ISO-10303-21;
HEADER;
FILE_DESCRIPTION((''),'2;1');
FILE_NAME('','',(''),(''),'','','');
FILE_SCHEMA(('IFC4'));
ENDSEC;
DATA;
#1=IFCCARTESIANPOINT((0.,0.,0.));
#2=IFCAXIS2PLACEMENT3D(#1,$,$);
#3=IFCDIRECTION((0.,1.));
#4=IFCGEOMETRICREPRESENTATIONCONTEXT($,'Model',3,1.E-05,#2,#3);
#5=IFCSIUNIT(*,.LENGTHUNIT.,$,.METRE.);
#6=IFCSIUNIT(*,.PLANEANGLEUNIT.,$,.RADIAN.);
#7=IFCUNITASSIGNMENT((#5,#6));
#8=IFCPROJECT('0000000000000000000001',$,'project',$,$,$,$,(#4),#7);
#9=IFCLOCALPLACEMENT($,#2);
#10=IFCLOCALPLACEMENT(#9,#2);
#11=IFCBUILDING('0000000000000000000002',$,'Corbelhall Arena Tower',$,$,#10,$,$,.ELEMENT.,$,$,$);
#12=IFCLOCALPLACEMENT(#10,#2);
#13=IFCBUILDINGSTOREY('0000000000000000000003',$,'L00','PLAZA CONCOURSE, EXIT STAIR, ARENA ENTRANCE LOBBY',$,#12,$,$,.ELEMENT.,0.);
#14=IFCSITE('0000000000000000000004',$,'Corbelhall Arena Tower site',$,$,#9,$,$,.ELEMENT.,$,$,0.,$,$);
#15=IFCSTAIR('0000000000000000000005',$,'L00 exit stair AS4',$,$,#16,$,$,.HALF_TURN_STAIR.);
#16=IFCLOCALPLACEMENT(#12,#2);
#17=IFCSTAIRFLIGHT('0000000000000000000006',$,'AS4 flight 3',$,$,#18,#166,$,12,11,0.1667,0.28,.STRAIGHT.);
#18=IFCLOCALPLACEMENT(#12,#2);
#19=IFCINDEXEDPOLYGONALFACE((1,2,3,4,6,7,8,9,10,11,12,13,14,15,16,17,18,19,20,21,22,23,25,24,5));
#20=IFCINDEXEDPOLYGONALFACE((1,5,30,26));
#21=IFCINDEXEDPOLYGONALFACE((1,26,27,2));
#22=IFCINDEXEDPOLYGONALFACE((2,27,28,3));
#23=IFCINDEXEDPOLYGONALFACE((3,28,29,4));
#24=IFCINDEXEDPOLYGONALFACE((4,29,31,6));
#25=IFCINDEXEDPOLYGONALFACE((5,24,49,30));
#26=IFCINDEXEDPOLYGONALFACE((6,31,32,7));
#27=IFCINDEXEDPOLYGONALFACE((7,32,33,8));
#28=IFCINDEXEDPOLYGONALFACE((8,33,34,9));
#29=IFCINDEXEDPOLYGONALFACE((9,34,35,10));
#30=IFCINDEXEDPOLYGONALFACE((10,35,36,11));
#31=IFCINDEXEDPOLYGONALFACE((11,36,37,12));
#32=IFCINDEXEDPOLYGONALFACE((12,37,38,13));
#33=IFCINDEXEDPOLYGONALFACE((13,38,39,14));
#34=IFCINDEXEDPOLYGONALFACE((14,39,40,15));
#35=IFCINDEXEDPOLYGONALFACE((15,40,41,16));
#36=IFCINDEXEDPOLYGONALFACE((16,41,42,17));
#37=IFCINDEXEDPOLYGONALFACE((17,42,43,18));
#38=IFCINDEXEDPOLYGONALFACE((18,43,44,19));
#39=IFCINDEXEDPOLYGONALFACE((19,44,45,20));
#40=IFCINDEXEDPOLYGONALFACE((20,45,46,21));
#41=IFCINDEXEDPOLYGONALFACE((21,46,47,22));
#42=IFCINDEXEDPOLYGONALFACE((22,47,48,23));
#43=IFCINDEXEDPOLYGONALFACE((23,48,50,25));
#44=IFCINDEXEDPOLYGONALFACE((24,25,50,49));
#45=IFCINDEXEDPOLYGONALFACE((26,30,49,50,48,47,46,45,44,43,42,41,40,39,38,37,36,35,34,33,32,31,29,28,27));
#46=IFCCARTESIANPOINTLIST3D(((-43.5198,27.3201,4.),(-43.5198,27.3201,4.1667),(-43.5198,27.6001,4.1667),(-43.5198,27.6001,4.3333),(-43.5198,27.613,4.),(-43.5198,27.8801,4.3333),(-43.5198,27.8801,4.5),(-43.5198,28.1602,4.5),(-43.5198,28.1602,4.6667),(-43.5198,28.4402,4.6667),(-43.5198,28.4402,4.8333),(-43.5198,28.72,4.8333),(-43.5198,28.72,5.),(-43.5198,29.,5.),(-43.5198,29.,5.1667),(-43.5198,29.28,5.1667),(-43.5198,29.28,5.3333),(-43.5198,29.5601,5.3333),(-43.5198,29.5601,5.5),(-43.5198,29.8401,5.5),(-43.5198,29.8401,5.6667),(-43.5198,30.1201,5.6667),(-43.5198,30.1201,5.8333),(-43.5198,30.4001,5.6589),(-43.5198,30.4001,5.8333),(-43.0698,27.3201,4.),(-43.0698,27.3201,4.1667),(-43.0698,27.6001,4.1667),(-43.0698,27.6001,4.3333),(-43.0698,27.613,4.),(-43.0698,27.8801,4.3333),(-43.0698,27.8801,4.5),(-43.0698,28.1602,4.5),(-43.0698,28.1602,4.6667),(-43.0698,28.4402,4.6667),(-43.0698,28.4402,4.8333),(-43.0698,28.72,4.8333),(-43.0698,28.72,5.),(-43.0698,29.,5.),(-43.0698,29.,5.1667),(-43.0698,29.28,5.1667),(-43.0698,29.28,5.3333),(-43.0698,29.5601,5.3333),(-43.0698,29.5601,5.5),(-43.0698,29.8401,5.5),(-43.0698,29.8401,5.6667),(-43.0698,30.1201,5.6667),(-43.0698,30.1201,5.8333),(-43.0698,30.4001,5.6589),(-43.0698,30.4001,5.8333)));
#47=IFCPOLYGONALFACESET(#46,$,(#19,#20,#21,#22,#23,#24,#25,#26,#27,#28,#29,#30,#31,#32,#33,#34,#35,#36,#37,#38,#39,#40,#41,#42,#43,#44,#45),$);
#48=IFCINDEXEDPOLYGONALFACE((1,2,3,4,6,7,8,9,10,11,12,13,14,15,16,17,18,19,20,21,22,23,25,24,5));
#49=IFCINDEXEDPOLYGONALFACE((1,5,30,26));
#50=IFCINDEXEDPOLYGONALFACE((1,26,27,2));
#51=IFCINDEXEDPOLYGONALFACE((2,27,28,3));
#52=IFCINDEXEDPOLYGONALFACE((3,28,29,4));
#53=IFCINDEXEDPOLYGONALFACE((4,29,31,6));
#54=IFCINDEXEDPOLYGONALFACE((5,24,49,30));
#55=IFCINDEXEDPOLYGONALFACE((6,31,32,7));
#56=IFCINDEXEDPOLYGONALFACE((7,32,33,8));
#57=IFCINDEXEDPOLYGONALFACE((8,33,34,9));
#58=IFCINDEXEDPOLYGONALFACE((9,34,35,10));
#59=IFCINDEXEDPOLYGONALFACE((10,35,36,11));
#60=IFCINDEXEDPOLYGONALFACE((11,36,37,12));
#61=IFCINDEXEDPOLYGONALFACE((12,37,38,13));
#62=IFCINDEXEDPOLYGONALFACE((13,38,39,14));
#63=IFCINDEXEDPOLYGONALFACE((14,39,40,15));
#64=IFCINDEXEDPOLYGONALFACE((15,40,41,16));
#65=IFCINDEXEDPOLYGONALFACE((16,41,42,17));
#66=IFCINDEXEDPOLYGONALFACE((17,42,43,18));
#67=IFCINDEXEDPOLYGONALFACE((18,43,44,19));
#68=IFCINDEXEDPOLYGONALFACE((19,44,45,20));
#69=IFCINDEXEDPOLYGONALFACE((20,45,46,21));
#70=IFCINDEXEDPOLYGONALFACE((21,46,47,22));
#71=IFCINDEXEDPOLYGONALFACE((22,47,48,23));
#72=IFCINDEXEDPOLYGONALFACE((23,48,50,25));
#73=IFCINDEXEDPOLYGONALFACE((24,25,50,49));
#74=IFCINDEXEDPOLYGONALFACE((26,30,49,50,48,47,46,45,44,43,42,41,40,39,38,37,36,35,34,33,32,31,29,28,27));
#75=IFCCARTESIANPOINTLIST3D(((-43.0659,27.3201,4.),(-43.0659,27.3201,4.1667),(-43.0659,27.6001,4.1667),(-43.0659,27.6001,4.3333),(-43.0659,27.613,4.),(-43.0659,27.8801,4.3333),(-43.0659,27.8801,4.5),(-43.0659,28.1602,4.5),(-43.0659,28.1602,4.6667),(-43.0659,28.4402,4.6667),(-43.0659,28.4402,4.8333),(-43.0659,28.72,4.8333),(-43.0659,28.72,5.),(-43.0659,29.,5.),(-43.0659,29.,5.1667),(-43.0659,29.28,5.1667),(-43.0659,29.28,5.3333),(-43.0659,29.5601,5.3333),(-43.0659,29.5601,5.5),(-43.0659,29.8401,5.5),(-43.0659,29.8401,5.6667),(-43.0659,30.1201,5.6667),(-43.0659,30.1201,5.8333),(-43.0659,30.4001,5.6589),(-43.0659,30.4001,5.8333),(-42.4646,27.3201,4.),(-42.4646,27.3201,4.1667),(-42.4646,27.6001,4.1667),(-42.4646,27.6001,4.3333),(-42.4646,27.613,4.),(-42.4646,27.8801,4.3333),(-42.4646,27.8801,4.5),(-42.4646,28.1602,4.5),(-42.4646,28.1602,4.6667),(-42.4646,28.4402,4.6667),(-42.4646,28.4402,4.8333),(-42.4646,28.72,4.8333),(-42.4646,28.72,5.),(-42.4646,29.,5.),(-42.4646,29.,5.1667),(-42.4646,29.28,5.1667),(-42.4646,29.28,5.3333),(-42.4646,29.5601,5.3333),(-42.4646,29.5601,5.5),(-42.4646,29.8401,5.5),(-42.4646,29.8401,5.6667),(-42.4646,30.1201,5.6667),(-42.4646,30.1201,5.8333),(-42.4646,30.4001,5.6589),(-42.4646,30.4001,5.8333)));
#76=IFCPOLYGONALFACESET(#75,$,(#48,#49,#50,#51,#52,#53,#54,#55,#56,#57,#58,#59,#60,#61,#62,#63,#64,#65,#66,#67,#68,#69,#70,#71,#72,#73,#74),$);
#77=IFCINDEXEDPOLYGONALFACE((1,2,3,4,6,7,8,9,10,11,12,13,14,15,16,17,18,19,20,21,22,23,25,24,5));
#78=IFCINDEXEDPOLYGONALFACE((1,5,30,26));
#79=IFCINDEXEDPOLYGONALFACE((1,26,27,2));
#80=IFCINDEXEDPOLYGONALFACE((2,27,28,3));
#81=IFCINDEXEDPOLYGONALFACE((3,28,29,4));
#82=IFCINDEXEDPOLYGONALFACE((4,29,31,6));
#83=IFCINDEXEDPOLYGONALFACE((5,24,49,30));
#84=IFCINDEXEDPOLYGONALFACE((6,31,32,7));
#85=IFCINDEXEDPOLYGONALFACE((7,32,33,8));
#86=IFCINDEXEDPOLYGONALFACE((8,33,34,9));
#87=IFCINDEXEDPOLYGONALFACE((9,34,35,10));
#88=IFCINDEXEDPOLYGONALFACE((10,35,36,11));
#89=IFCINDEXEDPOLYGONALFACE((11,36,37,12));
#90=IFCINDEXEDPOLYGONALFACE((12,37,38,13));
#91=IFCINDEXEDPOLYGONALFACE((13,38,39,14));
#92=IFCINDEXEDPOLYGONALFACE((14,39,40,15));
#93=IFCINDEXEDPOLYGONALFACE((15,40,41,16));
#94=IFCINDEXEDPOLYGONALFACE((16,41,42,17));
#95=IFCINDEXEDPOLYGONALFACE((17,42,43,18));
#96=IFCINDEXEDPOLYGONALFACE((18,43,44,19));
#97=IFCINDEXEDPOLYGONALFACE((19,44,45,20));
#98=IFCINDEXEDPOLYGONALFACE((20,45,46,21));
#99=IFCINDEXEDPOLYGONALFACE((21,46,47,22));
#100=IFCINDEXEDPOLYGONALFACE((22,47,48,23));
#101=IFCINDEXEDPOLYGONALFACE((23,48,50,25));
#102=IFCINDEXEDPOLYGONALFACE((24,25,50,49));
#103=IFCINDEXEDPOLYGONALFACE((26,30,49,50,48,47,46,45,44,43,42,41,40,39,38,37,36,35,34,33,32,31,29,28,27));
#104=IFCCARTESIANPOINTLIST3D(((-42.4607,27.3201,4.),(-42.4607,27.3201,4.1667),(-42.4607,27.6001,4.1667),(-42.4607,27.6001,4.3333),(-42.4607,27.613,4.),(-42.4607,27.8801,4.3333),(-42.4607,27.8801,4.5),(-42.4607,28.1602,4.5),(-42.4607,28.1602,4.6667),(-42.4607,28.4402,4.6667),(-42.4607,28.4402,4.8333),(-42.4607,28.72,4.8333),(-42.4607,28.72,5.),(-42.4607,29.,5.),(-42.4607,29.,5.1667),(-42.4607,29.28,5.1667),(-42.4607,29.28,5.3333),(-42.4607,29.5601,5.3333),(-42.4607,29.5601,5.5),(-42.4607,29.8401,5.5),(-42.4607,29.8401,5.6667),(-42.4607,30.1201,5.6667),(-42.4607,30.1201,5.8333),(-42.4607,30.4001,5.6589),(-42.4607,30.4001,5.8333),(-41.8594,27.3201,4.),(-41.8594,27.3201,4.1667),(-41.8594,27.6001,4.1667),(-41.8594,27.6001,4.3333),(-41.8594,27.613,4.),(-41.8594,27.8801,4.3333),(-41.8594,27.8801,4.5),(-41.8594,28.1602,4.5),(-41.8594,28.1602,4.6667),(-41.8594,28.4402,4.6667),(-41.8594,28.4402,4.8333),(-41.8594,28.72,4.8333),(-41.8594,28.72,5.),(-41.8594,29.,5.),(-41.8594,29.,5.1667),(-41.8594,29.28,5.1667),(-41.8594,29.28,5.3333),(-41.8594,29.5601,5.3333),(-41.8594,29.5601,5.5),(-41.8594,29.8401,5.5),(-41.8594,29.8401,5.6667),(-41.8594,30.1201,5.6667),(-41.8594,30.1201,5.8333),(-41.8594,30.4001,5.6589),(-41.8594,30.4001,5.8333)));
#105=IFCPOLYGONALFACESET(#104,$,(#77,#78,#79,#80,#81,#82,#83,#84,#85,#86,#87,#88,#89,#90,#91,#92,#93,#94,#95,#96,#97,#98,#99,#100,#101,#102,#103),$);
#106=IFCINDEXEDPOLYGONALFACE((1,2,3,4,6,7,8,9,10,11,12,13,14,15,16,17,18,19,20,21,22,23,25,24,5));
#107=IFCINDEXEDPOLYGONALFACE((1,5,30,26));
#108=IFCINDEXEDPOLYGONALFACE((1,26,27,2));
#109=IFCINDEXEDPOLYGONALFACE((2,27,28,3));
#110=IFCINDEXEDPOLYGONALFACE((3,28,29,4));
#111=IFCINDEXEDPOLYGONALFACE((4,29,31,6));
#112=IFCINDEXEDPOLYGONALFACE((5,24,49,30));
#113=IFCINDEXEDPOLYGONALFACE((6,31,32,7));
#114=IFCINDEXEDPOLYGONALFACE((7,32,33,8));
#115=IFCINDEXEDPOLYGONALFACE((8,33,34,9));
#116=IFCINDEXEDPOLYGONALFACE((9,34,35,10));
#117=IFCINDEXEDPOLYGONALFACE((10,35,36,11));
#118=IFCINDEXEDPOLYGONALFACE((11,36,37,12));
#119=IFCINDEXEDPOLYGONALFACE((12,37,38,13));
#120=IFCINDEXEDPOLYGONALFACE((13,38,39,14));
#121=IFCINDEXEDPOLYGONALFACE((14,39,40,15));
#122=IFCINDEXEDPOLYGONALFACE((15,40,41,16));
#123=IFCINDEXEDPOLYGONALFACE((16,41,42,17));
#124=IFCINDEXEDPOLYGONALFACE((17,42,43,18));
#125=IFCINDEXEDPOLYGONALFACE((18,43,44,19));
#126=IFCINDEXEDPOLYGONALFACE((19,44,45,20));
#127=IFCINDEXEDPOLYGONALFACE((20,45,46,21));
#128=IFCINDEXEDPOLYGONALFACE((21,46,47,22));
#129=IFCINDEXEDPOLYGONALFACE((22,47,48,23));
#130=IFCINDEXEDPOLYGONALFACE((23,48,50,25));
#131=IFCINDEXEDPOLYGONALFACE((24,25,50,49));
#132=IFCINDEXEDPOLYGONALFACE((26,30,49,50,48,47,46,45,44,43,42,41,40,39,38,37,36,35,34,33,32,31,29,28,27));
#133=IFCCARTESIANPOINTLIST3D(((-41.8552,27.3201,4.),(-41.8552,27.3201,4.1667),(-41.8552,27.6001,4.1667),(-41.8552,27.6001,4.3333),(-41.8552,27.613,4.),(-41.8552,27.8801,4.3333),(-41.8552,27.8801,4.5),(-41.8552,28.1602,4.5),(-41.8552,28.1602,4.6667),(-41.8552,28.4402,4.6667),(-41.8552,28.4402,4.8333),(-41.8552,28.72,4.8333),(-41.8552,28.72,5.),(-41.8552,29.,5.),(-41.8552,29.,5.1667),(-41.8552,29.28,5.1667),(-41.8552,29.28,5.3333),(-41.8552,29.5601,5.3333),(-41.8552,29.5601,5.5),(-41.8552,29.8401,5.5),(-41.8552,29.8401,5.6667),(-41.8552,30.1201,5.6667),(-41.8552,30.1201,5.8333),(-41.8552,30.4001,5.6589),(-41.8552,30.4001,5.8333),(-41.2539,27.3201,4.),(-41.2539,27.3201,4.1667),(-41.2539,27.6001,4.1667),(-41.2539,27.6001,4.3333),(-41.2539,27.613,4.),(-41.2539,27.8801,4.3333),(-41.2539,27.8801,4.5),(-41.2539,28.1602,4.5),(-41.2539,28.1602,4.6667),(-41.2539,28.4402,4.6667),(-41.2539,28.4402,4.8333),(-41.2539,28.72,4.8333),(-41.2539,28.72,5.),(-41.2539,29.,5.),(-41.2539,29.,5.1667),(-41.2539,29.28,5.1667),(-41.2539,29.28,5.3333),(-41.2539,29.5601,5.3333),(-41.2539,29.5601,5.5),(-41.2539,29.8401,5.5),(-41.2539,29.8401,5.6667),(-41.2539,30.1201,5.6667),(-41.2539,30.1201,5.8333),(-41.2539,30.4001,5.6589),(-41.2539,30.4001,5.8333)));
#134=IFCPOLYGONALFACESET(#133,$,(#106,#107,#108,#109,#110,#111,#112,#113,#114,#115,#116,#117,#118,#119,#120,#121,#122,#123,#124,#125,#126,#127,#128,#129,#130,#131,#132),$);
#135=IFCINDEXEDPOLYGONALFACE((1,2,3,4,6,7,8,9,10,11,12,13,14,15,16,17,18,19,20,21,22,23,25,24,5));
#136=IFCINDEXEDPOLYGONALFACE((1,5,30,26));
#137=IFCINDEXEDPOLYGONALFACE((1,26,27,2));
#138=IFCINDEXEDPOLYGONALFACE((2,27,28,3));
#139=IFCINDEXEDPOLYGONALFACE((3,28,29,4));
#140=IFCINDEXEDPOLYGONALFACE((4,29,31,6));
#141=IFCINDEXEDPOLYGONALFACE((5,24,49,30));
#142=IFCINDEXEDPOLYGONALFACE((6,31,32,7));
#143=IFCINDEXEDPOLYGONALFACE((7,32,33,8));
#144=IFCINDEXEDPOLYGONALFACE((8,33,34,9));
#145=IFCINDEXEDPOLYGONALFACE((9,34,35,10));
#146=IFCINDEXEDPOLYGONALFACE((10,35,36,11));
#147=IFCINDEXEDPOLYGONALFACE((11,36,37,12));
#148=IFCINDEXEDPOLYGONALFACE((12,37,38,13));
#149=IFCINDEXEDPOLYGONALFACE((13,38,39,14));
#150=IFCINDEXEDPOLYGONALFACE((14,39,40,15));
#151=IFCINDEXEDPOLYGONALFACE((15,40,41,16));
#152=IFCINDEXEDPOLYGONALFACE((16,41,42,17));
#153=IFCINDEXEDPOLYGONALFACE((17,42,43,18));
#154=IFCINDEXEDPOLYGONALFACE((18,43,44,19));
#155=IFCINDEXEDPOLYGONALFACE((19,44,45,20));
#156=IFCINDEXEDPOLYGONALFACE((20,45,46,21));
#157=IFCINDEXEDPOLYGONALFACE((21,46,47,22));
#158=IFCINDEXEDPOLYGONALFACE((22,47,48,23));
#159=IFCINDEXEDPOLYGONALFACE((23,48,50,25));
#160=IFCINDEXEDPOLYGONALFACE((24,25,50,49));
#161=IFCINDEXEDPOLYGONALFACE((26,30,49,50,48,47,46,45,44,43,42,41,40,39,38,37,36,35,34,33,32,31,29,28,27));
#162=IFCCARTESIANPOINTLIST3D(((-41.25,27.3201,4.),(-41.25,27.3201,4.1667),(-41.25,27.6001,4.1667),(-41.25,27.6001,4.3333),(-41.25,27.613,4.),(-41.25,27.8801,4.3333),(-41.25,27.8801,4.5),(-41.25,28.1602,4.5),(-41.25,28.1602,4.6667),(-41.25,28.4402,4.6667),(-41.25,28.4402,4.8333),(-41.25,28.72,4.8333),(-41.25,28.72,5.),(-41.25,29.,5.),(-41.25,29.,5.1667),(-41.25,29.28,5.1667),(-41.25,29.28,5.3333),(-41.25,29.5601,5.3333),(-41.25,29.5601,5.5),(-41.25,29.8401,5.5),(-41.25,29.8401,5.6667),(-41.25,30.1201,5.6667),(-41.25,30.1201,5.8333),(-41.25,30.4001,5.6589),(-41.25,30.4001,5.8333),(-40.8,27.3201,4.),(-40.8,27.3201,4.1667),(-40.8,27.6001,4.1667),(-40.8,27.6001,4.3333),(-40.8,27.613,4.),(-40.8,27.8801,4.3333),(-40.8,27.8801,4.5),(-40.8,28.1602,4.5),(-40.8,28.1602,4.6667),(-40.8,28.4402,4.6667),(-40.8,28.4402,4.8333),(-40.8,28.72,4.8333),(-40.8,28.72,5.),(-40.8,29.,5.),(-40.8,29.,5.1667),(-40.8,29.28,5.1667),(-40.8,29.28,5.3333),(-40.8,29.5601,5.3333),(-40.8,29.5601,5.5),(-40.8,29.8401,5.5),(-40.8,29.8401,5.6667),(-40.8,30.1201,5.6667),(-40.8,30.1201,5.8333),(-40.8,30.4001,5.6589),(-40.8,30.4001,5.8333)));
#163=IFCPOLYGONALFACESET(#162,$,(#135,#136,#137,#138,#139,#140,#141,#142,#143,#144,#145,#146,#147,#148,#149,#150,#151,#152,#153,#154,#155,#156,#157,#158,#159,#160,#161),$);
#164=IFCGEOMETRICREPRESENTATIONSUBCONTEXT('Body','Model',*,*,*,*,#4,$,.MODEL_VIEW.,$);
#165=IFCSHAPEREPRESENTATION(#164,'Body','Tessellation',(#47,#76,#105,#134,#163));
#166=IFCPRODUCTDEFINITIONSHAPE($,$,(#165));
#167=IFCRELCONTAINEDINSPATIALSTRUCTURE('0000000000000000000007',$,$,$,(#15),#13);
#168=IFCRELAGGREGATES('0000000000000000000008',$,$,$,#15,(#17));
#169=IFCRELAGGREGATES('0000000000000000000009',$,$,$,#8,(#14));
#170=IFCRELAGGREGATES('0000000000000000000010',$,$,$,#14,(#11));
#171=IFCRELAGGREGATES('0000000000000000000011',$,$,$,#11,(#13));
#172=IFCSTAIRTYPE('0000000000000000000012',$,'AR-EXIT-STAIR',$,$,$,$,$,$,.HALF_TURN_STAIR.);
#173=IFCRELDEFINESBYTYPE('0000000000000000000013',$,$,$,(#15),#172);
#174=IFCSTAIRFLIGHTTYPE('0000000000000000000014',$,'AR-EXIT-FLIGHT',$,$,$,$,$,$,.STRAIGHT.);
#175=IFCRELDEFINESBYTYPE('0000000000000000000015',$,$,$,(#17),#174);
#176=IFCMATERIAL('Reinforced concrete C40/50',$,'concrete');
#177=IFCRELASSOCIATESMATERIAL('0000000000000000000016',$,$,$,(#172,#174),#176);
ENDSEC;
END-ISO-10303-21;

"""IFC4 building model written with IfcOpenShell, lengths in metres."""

from ifc_helpers import new_model, si_unit, direction, frame, origin, place, context, subcontext, project, spatial, polyline, outline, extrude, material, type_object, element, aggregate, save


model = new_model("IFC4")

# Units and contexts
model_context = context("Model", 3, precision=1e-05, world=origin(), true_north=direction((0.0, 1.0)))
body_context = subcontext(model_context, "Body", "Model", "MODEL_VIEW")
ifc_project = project(units=[si_unit("LENGTHUNIT", "METRE"), si_unit("PLANEANGLEUNIT", "RADIAN")], contexts=[model_context])

# Site, building, storey
site_placement = place(None, origin())
site = spatial("IfcSite", under=ifc_project, at=site_placement, Name="Corbelhall Arena Tower site", CompositionType="ELEMENT", RefElevation=0.0)
building_placement = place(site_placement, origin())
building = spatial("IfcBuilding", under=site, at=building_placement, Name="Corbelhall Arena Tower", CompositionType="ELEMENT")
storey_placement = place(building_placement, origin())
storey = spatial("IfcBuildingStorey", under=building, at=storey_placement, Name="L00", Description="PLAZA CONCOURSE, EXIT STAIR, ARENA ENTRANCE LOBBY", CompositionType="ELEMENT", Elevation=0.0)

# Shared definitions
ifc_material_1 = material(Name="Reinforced concrete C40/50", Category="concrete")

# Shared definitions
stair_type = type_object("IfcStairType", Name="AR-EXIT-STAIR", PredefinedType="HALF_TURN_STAIR", material=ifc_material_1)
stair_flight_type = type_object("IfcStairFlightType", Name="AR-EXIT-FLIGHT", PredefinedType="STRAIGHT", material=ifc_material_1)

# Stair, stair flight
stair_1_placement = place(storey_placement, origin())
stair_1 = element("IfcStair", 1, at=stair_1_placement, inside=storey, type_object=stair_type, Name="L00 exit stair AS4", PredefinedType="HALF_TURN_STAIR")
stair_flight_1_placement = place(storey_placement, frame((-42.1599, 27.3201, 4.0), z_axis=(0.0, 0.0, 1.0), x_axis=(0.0, 1.0, 0.0)))
stair_flight_1 = element("IfcStairFlight", 2, at=stair_flight_1_placement, type_object=stair_flight_type, Name="AS4 flight 3", NumberOfRisers=12, NumberOfTreads=11, PredefinedType="STRAIGHT", RiserHeight=0.1667, TreadLength=0.28, context=body_context, shape_type="SweptSolid", body=[
    extrude(outline(polyline([(0.0, 0.0), (0.0, 0.1667), (0.28, 0.1667), (0.28, 0.3333), (0.5601, 0.3333), (0.5601, 0.5), (0.8401, 0.5), (0.8401, 0.6667), (1.1201, 0.6667), (1.1201, 0.8333), (1.3999, 0.8333), (1.3999, 1.0), (1.6799, 1.0), (1.6799, 1.1667), (1.96, 1.1667), (1.96, 1.3333), (2.24, 1.3333), (2.24, 1.5), (2.52, 1.5), (2.52, 1.6667), (2.8, 1.6667), (2.8, 1.8333), (3.0801, 1.8333), (3.0801, 2.0), (3.0801, 1.6589), (0.293, 0.0), (0.0, 0.0)])), frame((0.0, 1.3599, 0.0), z_axis=(0.0, -1.0, 0.0), x_axis=(1.0, 0.0, 0.0)), (0.0, 0.0, 1.0), 0.45),
    extrude(outline(polyline([(0.0, 0.0), (0.0, 0.1667), (0.28, 0.1667), (0.28, 0.3333), (0.5601, 0.3333), (0.5601, 0.5), (0.8401, 0.5), (0.8401, 0.6667), (1.1201, 0.6667), (1.1201, 0.8333), (1.3999, 0.8333), (1.3999, 1.0), (1.6799, 1.0), (1.6799, 1.1667), (1.96, 1.1667), (1.96, 1.3333), (2.24, 1.3333), (2.24, 1.5), (2.52, 1.5), (2.52, 1.6667), (2.8, 1.6667), (2.8, 1.8333), (3.0801, 1.8333), (3.0801, 2.0), (3.0801, 1.6589), (0.293, 0.0), (0.0, 0.0)])), frame((0.0, 0.906, 0.0), z_axis=(0.0, -1.0, 0.0), x_axis=(1.0, 0.0, 0.0)), (0.0, 0.0, 1.0), 0.6013),
    extrude(outline(polyline([(0.0, 0.0), (0.0, 0.1667), (0.28, 0.1667), (0.28, 0.3333), (0.5601, 0.3333), (0.5601, 0.5), (0.8401, 0.5), (0.8401, 0.6667), (1.1201, 0.6667), (1.1201, 0.8333), (1.3999, 0.8333), (1.3999, 1.0), (1.6799, 1.0), (1.6799, 1.1667), (1.96, 1.1667), (1.96, 1.3333), (2.24, 1.3333), (2.24, 1.5), (2.52, 1.5), (2.52, 1.6667), (2.8, 1.6667), (2.8, 1.8333), (3.0801, 1.8333), (3.0801, 2.0), (3.0801, 1.6589), (0.293, 0.0), (0.0, 0.0)])), frame((0.0, 0.3008, 0.0), z_axis=(0.0, -1.0, 0.0), x_axis=(1.0, 0.0, 0.0)), (0.0, 0.0, 1.0), 0.6013),
    extrude(outline(polyline([(0.0, 0.0), (0.0, 0.1667), (0.28, 0.1667), (0.28, 0.3333), (0.5601, 0.3333), (0.5601, 0.5), (0.8401, 0.5), (0.8401, 0.6667), (1.1201, 0.6667), (1.1201, 0.8333), (1.3999, 0.8333), (1.3999, 1.0), (1.6799, 1.0), (1.6799, 1.1667), (1.96, 1.1667), (1.96, 1.3333), (2.24, 1.3333), (2.24, 1.5), (2.52, 1.5), (2.52, 1.6667), (2.8, 1.6667), (2.8, 1.8333), (3.0801, 1.8333), (3.0801, 2.0), (3.0801, 1.6589), (0.293, 0.0), (0.0, 0.0)])), frame((0.0, -0.3047, 0.0), z_axis=(0.0, -1.0, 0.0), x_axis=(1.0, 0.0, 0.0)), (0.0, 0.0, 1.0), 0.6013),
    extrude(outline(polyline([(0.0, 0.0), (0.0, 0.1667), (0.28, 0.1667), (0.28, 0.3333), (0.5601, 0.3333), (0.5601, 0.5), (0.8401, 0.5), (0.8401, 0.6667), (1.1201, 0.6667), (1.1201, 0.8333), (1.3999, 0.8333), (1.3999, 1.0), (1.6799, 1.0), (1.6799, 1.1667), (1.96, 1.1667), (1.96, 1.3333), (2.24, 1.3333), (2.24, 1.5), (2.52, 1.5), (2.52, 1.6667), (2.8, 1.6667), (2.8, 1.8333), (3.0801, 1.8333), (3.0801, 2.0), (3.0801, 1.6589), (0.293, 0.0), (0.0, 0.0)])), frame((0.0, -0.9099, 0.0), z_axis=(0.0, -1.0, 0.0), x_axis=(1.0, 0.0, 0.0)), (0.0, 0.0, 1.0), 0.45),
])
aggregate(stair_1, [stair_flight_1])

save(model, "model.ifc")
